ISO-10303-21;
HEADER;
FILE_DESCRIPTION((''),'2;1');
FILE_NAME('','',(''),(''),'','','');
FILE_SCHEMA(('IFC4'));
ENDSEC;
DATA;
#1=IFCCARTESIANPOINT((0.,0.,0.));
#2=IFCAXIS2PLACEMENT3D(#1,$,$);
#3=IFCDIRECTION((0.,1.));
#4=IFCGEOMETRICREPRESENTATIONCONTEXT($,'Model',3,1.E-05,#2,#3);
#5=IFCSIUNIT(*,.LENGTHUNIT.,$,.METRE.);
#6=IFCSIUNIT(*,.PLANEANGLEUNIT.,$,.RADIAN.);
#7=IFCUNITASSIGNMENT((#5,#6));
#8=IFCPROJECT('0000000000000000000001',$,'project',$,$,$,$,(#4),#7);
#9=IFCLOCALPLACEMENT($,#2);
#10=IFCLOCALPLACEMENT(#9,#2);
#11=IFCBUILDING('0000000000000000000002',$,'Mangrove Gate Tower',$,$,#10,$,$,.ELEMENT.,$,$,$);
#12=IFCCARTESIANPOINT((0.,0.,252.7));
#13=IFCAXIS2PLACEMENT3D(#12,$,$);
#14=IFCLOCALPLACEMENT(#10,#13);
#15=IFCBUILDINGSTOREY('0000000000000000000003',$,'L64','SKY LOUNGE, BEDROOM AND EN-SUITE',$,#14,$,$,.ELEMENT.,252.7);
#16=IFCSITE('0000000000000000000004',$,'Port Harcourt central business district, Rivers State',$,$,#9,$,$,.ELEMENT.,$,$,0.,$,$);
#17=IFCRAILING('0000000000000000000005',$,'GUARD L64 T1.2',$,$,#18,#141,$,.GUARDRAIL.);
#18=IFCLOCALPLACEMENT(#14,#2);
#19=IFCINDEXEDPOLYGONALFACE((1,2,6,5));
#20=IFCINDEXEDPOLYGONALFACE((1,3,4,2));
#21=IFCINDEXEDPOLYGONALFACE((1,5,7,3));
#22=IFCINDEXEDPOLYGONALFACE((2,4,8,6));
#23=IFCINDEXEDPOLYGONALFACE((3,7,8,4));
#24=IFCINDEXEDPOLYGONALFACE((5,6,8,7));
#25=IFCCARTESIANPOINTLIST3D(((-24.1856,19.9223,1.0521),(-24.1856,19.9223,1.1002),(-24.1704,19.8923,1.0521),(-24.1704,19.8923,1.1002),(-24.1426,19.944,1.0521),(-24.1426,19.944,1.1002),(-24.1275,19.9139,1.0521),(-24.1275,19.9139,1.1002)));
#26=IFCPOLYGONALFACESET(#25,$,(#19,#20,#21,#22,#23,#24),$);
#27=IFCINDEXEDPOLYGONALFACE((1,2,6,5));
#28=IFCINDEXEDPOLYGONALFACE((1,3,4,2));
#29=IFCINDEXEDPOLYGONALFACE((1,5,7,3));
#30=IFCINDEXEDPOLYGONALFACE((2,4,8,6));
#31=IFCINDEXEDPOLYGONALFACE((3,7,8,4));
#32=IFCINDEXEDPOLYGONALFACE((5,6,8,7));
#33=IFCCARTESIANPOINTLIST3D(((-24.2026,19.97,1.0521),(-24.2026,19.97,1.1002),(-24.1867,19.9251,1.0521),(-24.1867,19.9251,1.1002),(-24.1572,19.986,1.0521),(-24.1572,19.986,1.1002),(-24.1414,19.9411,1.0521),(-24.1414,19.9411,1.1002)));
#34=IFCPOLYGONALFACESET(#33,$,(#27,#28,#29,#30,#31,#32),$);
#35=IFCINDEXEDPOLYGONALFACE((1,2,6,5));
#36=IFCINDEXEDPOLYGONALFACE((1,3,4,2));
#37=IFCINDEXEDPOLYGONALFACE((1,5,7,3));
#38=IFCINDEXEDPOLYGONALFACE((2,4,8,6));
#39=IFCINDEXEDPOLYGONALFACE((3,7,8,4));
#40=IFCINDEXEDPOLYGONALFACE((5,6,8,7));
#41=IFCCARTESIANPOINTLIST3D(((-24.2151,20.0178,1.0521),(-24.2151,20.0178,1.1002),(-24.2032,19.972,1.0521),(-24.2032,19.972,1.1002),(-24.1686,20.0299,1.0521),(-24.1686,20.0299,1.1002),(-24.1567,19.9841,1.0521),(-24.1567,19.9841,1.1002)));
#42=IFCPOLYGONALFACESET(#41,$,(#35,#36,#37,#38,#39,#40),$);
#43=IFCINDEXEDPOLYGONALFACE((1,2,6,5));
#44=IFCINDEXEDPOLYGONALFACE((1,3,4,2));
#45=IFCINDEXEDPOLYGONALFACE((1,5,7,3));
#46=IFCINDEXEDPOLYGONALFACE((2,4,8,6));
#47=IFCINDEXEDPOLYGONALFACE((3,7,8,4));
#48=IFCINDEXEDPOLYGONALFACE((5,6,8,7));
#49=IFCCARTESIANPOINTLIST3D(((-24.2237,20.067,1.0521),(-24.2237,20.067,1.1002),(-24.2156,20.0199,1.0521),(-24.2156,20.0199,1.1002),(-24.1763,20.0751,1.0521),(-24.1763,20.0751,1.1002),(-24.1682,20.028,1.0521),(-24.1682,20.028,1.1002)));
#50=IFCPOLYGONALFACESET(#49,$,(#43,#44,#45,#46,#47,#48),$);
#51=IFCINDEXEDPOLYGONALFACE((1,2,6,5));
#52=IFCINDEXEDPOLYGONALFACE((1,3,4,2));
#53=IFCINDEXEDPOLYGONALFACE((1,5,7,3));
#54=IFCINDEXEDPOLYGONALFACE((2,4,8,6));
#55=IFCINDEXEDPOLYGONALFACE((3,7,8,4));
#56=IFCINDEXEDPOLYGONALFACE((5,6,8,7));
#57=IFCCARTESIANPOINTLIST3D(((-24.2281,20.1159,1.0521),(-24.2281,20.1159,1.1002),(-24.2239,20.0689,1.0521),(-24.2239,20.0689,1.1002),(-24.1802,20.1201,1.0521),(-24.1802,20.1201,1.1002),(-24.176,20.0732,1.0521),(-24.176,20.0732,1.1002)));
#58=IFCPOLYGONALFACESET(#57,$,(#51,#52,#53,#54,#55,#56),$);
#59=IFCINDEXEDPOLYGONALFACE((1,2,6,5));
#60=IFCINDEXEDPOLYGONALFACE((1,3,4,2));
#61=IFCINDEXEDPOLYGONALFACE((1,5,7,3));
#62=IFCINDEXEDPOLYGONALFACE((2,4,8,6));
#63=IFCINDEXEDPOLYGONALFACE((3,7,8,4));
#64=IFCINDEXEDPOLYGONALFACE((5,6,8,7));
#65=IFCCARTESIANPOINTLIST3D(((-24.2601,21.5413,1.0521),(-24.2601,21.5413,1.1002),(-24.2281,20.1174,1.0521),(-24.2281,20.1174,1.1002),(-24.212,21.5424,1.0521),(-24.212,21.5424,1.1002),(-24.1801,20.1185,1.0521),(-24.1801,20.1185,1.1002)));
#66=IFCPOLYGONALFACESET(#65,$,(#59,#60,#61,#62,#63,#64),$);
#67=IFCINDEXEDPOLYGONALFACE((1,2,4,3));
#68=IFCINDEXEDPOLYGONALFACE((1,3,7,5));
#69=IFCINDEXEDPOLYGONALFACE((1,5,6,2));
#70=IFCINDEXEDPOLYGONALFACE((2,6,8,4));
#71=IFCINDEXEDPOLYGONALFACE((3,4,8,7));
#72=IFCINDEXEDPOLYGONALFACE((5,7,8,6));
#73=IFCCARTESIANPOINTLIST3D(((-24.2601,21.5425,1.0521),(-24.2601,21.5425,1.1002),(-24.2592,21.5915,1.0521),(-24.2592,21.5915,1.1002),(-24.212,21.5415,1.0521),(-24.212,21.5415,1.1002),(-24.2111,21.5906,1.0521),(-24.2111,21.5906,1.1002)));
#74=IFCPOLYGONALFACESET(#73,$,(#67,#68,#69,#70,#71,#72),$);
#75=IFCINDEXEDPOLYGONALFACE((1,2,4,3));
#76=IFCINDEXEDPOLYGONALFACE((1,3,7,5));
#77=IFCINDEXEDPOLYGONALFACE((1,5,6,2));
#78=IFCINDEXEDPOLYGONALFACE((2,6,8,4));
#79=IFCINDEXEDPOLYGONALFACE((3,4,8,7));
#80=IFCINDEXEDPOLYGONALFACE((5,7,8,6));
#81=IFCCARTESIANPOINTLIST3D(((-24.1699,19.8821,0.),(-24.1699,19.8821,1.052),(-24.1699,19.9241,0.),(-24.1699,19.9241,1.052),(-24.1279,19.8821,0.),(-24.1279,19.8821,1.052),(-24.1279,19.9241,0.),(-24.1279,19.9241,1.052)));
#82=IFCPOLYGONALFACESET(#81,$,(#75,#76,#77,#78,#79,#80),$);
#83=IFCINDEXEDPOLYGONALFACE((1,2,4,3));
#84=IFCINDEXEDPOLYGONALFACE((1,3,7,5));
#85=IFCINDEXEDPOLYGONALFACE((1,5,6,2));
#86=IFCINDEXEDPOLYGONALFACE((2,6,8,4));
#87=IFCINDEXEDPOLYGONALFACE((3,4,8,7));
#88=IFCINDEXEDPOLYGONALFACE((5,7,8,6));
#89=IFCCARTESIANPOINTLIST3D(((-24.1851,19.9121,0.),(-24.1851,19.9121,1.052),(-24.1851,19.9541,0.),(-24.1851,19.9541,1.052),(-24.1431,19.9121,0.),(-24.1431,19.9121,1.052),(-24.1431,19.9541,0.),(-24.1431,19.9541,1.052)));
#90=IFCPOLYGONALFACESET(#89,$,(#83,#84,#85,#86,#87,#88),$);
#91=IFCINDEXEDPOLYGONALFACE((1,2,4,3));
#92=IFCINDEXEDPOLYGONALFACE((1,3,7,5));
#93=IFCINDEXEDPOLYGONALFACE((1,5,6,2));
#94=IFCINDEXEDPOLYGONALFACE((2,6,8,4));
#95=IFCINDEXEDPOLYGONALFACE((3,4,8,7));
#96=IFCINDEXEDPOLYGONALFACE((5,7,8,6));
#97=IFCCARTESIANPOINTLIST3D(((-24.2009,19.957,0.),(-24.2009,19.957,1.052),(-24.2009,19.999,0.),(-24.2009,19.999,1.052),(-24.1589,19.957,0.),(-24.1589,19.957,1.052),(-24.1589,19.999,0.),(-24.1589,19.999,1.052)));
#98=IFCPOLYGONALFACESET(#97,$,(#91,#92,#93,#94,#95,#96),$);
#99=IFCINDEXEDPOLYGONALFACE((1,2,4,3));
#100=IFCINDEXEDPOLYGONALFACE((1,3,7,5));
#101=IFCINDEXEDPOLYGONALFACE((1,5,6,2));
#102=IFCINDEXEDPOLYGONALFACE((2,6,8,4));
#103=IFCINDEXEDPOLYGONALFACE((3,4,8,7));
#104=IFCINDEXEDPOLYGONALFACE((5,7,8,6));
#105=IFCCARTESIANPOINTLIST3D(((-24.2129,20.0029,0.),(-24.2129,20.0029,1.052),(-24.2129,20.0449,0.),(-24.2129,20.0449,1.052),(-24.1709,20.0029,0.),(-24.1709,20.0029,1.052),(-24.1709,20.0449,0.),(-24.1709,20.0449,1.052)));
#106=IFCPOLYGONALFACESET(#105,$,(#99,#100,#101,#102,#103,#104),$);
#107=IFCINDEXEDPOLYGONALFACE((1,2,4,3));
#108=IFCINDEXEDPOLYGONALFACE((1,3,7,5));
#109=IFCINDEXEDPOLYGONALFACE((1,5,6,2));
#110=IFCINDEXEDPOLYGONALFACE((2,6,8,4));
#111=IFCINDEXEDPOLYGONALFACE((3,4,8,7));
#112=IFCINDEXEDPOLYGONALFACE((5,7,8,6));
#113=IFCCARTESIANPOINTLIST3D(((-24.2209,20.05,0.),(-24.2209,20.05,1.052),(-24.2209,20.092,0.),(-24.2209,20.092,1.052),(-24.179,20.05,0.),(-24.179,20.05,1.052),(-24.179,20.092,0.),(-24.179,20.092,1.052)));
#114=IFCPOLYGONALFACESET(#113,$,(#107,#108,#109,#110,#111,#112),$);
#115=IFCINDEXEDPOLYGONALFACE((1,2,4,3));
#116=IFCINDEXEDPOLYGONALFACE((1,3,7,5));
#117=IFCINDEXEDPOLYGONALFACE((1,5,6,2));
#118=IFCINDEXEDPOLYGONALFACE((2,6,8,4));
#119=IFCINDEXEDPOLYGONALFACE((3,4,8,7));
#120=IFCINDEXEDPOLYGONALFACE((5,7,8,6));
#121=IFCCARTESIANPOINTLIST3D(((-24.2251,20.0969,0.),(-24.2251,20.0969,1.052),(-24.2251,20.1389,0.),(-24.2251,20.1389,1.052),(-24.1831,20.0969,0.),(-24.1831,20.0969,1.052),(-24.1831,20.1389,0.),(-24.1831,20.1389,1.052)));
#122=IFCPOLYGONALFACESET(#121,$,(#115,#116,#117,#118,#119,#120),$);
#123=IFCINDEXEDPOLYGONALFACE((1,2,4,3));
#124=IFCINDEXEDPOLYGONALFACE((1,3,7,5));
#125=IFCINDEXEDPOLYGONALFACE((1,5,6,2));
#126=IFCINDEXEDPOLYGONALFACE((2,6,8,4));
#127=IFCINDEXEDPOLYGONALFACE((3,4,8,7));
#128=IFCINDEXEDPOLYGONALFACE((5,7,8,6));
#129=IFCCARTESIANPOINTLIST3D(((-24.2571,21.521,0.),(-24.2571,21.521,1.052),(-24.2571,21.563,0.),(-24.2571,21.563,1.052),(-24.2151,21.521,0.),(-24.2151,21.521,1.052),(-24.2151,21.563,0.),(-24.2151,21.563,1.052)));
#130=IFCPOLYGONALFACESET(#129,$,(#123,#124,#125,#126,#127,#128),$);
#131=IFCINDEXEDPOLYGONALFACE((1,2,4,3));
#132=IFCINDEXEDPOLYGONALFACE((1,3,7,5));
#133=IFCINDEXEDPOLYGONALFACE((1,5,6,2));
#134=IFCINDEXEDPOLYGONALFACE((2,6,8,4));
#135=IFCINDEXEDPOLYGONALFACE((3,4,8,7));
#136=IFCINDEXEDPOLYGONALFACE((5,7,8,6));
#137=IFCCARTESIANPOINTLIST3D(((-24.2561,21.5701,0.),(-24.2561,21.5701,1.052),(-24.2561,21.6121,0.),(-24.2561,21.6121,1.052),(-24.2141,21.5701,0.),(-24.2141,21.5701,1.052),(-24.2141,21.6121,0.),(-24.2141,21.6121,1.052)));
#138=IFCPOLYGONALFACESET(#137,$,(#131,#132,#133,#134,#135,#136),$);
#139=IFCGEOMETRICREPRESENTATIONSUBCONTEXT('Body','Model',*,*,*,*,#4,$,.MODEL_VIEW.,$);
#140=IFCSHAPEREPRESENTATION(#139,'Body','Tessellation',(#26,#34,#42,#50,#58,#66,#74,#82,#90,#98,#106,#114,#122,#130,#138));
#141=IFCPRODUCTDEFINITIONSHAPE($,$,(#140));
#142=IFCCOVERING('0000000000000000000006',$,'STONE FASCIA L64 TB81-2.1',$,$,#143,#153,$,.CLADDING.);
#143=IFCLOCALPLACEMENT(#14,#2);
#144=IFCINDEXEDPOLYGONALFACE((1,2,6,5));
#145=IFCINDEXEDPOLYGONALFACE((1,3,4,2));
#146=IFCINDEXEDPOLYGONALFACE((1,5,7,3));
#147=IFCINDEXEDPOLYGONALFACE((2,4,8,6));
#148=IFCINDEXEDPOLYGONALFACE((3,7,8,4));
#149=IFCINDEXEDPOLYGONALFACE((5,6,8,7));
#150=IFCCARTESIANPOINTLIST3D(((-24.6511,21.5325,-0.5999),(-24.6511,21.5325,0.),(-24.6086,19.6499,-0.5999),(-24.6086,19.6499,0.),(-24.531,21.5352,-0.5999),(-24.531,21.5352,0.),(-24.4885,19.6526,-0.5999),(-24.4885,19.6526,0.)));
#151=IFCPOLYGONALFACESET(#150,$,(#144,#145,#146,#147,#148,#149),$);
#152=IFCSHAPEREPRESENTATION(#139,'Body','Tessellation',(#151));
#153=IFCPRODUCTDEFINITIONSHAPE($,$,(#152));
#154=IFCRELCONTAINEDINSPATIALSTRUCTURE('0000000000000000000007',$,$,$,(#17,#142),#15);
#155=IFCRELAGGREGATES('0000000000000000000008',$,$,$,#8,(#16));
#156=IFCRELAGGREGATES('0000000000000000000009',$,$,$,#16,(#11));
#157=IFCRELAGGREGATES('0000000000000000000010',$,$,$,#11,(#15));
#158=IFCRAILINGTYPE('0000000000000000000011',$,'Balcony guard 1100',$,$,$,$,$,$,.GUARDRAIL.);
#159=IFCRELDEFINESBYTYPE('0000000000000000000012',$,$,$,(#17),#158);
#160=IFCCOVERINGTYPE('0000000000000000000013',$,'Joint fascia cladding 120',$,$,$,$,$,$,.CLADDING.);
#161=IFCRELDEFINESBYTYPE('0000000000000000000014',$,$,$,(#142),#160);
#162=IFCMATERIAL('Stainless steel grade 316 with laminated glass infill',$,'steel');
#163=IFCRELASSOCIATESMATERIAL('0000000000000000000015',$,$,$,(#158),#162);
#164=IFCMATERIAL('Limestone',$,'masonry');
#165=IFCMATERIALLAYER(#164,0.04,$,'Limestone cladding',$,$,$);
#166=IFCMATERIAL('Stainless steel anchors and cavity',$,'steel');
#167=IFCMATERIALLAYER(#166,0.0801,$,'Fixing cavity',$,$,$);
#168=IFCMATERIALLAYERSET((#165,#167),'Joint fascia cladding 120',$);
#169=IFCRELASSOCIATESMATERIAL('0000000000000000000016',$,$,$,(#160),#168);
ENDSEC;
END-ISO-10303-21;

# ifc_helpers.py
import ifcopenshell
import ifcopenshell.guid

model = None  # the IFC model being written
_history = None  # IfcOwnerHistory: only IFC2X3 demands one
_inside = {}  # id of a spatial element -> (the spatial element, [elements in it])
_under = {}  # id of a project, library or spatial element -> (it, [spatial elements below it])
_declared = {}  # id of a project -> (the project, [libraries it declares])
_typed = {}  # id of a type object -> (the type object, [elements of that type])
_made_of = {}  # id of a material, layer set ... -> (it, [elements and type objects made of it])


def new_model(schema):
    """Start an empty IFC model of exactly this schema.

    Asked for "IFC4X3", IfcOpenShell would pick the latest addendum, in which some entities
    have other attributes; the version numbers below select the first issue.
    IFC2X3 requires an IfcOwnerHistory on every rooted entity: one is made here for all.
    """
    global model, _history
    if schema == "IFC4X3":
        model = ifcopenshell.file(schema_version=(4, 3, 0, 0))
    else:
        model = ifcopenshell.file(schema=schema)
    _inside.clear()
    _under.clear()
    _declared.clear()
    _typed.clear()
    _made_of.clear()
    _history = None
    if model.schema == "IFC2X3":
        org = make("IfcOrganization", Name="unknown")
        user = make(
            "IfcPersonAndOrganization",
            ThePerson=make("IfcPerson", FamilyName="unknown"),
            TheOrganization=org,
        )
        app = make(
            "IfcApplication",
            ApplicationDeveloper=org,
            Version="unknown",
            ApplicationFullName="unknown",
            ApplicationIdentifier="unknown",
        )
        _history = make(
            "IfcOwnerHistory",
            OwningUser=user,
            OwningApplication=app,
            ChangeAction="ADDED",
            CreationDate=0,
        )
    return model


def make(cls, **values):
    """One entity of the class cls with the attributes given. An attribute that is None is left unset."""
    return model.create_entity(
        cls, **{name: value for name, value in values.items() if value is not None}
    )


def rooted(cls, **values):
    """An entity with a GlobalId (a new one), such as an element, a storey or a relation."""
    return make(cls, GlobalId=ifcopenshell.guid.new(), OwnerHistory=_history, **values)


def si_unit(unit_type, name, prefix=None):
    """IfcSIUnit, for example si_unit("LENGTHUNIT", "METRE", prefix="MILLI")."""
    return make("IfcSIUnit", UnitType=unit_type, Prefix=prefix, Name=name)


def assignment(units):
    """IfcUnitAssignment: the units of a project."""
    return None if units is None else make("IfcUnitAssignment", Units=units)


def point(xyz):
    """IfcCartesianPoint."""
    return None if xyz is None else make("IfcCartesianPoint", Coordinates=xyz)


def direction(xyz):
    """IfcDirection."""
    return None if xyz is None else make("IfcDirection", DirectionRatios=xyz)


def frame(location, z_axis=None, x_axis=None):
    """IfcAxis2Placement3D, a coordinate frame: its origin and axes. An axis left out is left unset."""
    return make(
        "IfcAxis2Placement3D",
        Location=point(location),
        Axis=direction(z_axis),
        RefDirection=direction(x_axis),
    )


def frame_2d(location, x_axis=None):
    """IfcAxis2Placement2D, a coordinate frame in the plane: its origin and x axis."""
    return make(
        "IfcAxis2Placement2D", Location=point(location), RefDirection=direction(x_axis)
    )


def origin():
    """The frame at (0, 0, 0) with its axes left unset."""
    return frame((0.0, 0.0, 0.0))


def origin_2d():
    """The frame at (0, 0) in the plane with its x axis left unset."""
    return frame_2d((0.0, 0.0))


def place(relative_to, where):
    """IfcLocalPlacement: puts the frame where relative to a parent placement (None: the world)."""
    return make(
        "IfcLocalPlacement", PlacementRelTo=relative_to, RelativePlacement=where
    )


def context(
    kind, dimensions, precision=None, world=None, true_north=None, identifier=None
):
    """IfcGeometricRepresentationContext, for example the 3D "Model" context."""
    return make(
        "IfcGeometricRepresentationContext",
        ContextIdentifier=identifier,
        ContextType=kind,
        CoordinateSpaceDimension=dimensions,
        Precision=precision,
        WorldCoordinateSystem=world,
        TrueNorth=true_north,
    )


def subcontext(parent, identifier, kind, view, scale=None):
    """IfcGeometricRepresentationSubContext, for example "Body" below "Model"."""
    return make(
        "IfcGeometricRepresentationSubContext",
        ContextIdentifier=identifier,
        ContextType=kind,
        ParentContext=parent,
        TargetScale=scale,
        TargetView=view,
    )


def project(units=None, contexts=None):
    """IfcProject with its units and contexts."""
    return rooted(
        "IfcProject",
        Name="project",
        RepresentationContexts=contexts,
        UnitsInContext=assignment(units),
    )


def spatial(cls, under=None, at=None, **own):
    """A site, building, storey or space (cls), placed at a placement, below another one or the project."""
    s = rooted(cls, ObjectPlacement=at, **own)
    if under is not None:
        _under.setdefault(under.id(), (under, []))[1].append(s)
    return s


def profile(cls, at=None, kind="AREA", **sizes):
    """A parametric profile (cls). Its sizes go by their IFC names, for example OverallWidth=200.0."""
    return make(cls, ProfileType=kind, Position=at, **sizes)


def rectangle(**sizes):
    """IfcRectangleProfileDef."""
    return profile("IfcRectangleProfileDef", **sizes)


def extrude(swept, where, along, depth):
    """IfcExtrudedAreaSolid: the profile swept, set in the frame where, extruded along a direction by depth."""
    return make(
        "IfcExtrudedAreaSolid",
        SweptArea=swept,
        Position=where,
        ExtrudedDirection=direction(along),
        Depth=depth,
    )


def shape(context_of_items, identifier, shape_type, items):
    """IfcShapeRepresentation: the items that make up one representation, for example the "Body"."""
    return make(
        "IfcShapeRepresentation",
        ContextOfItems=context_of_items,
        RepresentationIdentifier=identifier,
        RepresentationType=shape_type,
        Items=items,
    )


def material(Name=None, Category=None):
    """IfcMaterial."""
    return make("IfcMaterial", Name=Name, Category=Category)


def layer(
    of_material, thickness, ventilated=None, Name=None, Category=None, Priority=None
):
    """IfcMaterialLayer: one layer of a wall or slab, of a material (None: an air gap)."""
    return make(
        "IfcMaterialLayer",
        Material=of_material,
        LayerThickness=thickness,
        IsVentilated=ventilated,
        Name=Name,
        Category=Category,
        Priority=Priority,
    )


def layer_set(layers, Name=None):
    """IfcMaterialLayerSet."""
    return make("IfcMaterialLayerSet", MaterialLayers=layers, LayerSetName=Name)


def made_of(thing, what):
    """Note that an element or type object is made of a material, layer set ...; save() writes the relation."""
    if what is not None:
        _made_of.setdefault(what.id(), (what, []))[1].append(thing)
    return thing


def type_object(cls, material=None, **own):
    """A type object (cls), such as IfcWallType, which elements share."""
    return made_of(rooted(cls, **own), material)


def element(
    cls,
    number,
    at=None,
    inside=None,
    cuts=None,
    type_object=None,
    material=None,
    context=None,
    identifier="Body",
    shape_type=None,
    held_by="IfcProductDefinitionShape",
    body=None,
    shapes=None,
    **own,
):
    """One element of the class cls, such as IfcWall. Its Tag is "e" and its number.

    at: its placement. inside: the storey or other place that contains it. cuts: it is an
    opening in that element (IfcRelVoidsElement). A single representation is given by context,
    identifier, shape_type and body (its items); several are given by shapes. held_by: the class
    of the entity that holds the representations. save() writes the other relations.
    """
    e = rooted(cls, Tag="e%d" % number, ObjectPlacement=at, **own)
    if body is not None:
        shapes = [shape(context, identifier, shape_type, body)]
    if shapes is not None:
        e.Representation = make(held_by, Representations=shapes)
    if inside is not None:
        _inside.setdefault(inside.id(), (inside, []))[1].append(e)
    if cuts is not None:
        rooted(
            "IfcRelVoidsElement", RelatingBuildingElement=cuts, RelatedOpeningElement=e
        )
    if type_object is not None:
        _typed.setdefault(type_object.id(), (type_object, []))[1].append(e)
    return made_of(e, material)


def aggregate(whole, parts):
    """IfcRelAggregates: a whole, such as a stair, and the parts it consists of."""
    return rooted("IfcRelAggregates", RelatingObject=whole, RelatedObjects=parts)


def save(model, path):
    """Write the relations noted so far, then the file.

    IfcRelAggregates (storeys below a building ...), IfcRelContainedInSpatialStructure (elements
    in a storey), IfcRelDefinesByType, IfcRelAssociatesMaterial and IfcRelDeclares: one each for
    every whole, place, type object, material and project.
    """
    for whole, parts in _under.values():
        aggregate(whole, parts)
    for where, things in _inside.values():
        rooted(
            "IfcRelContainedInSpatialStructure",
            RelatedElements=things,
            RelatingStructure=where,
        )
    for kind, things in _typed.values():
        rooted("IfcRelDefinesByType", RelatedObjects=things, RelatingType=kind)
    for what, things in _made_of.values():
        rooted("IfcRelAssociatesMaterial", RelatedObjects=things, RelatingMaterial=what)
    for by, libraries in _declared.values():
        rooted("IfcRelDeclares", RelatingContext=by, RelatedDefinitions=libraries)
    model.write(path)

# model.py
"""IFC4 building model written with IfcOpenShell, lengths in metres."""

from ifc_helpers import new_model, si_unit, direction, frame, frame_2d, origin, origin_2d, place, context, subcontext, project, spatial, rectangle, extrude, material, layer, layer_set, type_object, element, save


model = new_model("IFC4")

# Units and contexts
model_context = context("Model", 3, precision=1e-05, world=origin(), true_north=direction((0.0, 1.0)))
body_context = subcontext(model_context, "Body", "Model", "MODEL_VIEW")
ifc_project = project(units=[si_unit("LENGTHUNIT", "METRE"), si_unit("PLANEANGLEUNIT", "RADIAN")], contexts=[model_context])

# Site, building, storey
site_placement = place(None, origin())
site = spatial("IfcSite", under=ifc_project, at=site_placement, Name="Port Harcourt central business district, Rivers State", CompositionType="ELEMENT", RefElevation=0.0)
building_placement = place(site_placement, origin())
building = spatial("IfcBuilding", under=site, at=building_placement, Name="Mangrove Gate Tower", CompositionType="ELEMENT")
storey_placement = place(building_placement, frame((0.0, 0.0, 252.7)))
storey = spatial("IfcBuildingStorey", under=building, at=storey_placement, Name="L64", Description="SKY LOUNGE, BEDROOM AND EN-SUITE", CompositionType="ELEMENT", Elevation=252.7)

# Shared definitions
ifc_material_1 = material(Name="Limestone", Category="masonry")

# Railing
ifc_material_2 = material(Name="Stainless steel grade 316 with laminated glass infill", Category="steel")
railing_type = type_object("IfcRailingType", Name="Balcony guard 1100", PredefinedType="GUARDRAIL", material=ifc_material_2)
railing_1_placement = place(storey_placement, frame((-24.1489, 19.9031, 0.0)))
element("IfcRailing", 1, at=railing_1_placement, inside=storey, type_object=railing_type, Name="GUARD L64 T1.2", PredefinedType="GUARDRAIL", context=body_context, shape_type="SweptSolid", body=[
    extrude(rectangle(XDim=0.0481, YDim=0.0481, at=origin_2d()), frame((0.0, 0.0, 1.0762), z_axis=(-0.450115, 0.89297, 0.0), x_axis=(-0.89297, -0.450115, 0.0)), (0.0, 0.0, 1.0), 0.0337),
    extrude(rectangle(XDim=0.0481, YDim=0.0481, at=origin_2d()), frame((-0.0151, 0.03, 1.0762), z_axis=(-0.333088, 0.942896, 0.0), x_axis=(-0.942896, -0.333088, 0.0)), (0.0, 0.0, 1.0), 0.0476),
    extrude(rectangle(XDim=0.0481, YDim=0.0481, at=origin_2d()), frame((-0.031, 0.075, 1.0762), z_axis=(-0.252212, 0.967672, 0.0), x_axis=(-0.967672, -0.252212, 0.0)), (0.0, 0.0, 1.0), 0.0474),
    extrude(rectangle(XDim=0.0481, YDim=0.0481, at=origin_2d()), frame((-0.043, 0.1208, 1.0762), z_axis=(-0.168539, 0.985695, 0.0), x_axis=(-0.985695, -0.168539, 0.0)), (0.0, 0.0, 1.0), 0.0479),
    extrude(rectangle(XDim=0.0481, YDim=0.0481, at=origin_2d()), frame((-0.051, 0.168, 1.0762), z_axis=(-0.088197, 0.996103, 0.0), x_axis=(-0.996103, -0.088197, 0.0)), (0.0, 0.0, 1.0), 0.0471),
    extrude(rectangle(XDim=0.0481, YDim=0.0481, at=origin_2d()), frame((-0.0552, 0.2148, 1.0762), z_axis=(-0.022453, 0.999748, 0.0), x_axis=(-0.999748, -0.022453, 0.0)), (0.0, 0.0, 1.0), 1.4243),
    extrude(rectangle(XDim=0.0481, YDim=0.0481, at=origin_2d()), frame((-0.0872, 1.6389, 1.0762), z_axis=(0.019897, 0.999802, 0.0), x_axis=(-0.999802, 0.019897, 0.0)), (0.0, 0.0, 1.0), 0.0491),
    extrude(rectangle(XDim=0.042, YDim=0.042, at=origin_2d()), origin(), (0.0, 0.0, 1.0), 1.052),
    extrude(rectangle(XDim=0.042, YDim=0.042, at=origin_2d()), frame((-0.0151, 0.03, 0.0)), (0.0, 0.0, 1.0), 1.052),
    extrude(rectangle(XDim=0.042, YDim=0.042, at=origin_2d()), frame((-0.031, 0.075, 0.0)), (0.0, 0.0, 1.0), 1.052),
    extrude(rectangle(XDim=0.042, YDim=0.042, at=origin_2d()), frame((-0.043, 0.1208, 0.0)), (0.0, 0.0, 1.0), 1.052),
    extrude(rectangle(XDim=0.042, YDim=0.042, at=origin_2d()), frame((-0.051, 0.168, 0.0)), (0.0, 0.0, 1.0), 1.052),
    extrude(rectangle(XDim=0.042, YDim=0.042, at=origin_2d()), frame((-0.0552, 0.2148, 0.0)), (0.0, 0.0, 1.0), 1.052),
    extrude(rectangle(XDim=0.042, YDim=0.042, at=origin_2d()), frame((-0.0872, 1.6389, 0.0)), (0.0, 0.0, 1.0), 1.052),
    extrude(rectangle(XDim=0.042, YDim=0.042, at=origin_2d()), frame((-0.0862, 1.688, 0.0)), (0.0, 0.0, 1.0), 1.052),
])

# Covering
ifc_layer_1 = layer(ifc_material_1, 0.04, Name="Limestone cladding")
ifc_material_3 = material(Name="Stainless steel anchors and cavity", Category="steel")
ifc_layer_2 = layer(ifc_material_3, 0.0801, Name="Fixing cavity")
ifc_layer_set_1 = layer_set([ifc_layer_1, ifc_layer_2], Name="Joint fascia cladding 120")
covering_type = type_object("IfcCoveringType", Name="Joint fascia cladding 120", PredefinedType="CLADDING", material=ifc_layer_set_1)
covering_placement = place(storey_placement, frame((-24.5486, 19.6514, -0.5999), z_axis=(0.0, 0.0, 1.0), x_axis=(-0.022559, 0.999746, 0.0)))
element("IfcCovering", 2, at=covering_placement, inside=storey, type_object=covering_type, Name="STONE FASCIA L64 TB81-2.1", PredefinedType="CLADDING", context=body_context, shape_type="SweptSolid", body=[
    extrude(rectangle(XDim=1.8831, YDim=0.1201, at=frame_2d((0.9414, 0.0))), origin(), (0.0, 0.0, 1.0), 0.5999),
])

save(model, "model.ifc")
